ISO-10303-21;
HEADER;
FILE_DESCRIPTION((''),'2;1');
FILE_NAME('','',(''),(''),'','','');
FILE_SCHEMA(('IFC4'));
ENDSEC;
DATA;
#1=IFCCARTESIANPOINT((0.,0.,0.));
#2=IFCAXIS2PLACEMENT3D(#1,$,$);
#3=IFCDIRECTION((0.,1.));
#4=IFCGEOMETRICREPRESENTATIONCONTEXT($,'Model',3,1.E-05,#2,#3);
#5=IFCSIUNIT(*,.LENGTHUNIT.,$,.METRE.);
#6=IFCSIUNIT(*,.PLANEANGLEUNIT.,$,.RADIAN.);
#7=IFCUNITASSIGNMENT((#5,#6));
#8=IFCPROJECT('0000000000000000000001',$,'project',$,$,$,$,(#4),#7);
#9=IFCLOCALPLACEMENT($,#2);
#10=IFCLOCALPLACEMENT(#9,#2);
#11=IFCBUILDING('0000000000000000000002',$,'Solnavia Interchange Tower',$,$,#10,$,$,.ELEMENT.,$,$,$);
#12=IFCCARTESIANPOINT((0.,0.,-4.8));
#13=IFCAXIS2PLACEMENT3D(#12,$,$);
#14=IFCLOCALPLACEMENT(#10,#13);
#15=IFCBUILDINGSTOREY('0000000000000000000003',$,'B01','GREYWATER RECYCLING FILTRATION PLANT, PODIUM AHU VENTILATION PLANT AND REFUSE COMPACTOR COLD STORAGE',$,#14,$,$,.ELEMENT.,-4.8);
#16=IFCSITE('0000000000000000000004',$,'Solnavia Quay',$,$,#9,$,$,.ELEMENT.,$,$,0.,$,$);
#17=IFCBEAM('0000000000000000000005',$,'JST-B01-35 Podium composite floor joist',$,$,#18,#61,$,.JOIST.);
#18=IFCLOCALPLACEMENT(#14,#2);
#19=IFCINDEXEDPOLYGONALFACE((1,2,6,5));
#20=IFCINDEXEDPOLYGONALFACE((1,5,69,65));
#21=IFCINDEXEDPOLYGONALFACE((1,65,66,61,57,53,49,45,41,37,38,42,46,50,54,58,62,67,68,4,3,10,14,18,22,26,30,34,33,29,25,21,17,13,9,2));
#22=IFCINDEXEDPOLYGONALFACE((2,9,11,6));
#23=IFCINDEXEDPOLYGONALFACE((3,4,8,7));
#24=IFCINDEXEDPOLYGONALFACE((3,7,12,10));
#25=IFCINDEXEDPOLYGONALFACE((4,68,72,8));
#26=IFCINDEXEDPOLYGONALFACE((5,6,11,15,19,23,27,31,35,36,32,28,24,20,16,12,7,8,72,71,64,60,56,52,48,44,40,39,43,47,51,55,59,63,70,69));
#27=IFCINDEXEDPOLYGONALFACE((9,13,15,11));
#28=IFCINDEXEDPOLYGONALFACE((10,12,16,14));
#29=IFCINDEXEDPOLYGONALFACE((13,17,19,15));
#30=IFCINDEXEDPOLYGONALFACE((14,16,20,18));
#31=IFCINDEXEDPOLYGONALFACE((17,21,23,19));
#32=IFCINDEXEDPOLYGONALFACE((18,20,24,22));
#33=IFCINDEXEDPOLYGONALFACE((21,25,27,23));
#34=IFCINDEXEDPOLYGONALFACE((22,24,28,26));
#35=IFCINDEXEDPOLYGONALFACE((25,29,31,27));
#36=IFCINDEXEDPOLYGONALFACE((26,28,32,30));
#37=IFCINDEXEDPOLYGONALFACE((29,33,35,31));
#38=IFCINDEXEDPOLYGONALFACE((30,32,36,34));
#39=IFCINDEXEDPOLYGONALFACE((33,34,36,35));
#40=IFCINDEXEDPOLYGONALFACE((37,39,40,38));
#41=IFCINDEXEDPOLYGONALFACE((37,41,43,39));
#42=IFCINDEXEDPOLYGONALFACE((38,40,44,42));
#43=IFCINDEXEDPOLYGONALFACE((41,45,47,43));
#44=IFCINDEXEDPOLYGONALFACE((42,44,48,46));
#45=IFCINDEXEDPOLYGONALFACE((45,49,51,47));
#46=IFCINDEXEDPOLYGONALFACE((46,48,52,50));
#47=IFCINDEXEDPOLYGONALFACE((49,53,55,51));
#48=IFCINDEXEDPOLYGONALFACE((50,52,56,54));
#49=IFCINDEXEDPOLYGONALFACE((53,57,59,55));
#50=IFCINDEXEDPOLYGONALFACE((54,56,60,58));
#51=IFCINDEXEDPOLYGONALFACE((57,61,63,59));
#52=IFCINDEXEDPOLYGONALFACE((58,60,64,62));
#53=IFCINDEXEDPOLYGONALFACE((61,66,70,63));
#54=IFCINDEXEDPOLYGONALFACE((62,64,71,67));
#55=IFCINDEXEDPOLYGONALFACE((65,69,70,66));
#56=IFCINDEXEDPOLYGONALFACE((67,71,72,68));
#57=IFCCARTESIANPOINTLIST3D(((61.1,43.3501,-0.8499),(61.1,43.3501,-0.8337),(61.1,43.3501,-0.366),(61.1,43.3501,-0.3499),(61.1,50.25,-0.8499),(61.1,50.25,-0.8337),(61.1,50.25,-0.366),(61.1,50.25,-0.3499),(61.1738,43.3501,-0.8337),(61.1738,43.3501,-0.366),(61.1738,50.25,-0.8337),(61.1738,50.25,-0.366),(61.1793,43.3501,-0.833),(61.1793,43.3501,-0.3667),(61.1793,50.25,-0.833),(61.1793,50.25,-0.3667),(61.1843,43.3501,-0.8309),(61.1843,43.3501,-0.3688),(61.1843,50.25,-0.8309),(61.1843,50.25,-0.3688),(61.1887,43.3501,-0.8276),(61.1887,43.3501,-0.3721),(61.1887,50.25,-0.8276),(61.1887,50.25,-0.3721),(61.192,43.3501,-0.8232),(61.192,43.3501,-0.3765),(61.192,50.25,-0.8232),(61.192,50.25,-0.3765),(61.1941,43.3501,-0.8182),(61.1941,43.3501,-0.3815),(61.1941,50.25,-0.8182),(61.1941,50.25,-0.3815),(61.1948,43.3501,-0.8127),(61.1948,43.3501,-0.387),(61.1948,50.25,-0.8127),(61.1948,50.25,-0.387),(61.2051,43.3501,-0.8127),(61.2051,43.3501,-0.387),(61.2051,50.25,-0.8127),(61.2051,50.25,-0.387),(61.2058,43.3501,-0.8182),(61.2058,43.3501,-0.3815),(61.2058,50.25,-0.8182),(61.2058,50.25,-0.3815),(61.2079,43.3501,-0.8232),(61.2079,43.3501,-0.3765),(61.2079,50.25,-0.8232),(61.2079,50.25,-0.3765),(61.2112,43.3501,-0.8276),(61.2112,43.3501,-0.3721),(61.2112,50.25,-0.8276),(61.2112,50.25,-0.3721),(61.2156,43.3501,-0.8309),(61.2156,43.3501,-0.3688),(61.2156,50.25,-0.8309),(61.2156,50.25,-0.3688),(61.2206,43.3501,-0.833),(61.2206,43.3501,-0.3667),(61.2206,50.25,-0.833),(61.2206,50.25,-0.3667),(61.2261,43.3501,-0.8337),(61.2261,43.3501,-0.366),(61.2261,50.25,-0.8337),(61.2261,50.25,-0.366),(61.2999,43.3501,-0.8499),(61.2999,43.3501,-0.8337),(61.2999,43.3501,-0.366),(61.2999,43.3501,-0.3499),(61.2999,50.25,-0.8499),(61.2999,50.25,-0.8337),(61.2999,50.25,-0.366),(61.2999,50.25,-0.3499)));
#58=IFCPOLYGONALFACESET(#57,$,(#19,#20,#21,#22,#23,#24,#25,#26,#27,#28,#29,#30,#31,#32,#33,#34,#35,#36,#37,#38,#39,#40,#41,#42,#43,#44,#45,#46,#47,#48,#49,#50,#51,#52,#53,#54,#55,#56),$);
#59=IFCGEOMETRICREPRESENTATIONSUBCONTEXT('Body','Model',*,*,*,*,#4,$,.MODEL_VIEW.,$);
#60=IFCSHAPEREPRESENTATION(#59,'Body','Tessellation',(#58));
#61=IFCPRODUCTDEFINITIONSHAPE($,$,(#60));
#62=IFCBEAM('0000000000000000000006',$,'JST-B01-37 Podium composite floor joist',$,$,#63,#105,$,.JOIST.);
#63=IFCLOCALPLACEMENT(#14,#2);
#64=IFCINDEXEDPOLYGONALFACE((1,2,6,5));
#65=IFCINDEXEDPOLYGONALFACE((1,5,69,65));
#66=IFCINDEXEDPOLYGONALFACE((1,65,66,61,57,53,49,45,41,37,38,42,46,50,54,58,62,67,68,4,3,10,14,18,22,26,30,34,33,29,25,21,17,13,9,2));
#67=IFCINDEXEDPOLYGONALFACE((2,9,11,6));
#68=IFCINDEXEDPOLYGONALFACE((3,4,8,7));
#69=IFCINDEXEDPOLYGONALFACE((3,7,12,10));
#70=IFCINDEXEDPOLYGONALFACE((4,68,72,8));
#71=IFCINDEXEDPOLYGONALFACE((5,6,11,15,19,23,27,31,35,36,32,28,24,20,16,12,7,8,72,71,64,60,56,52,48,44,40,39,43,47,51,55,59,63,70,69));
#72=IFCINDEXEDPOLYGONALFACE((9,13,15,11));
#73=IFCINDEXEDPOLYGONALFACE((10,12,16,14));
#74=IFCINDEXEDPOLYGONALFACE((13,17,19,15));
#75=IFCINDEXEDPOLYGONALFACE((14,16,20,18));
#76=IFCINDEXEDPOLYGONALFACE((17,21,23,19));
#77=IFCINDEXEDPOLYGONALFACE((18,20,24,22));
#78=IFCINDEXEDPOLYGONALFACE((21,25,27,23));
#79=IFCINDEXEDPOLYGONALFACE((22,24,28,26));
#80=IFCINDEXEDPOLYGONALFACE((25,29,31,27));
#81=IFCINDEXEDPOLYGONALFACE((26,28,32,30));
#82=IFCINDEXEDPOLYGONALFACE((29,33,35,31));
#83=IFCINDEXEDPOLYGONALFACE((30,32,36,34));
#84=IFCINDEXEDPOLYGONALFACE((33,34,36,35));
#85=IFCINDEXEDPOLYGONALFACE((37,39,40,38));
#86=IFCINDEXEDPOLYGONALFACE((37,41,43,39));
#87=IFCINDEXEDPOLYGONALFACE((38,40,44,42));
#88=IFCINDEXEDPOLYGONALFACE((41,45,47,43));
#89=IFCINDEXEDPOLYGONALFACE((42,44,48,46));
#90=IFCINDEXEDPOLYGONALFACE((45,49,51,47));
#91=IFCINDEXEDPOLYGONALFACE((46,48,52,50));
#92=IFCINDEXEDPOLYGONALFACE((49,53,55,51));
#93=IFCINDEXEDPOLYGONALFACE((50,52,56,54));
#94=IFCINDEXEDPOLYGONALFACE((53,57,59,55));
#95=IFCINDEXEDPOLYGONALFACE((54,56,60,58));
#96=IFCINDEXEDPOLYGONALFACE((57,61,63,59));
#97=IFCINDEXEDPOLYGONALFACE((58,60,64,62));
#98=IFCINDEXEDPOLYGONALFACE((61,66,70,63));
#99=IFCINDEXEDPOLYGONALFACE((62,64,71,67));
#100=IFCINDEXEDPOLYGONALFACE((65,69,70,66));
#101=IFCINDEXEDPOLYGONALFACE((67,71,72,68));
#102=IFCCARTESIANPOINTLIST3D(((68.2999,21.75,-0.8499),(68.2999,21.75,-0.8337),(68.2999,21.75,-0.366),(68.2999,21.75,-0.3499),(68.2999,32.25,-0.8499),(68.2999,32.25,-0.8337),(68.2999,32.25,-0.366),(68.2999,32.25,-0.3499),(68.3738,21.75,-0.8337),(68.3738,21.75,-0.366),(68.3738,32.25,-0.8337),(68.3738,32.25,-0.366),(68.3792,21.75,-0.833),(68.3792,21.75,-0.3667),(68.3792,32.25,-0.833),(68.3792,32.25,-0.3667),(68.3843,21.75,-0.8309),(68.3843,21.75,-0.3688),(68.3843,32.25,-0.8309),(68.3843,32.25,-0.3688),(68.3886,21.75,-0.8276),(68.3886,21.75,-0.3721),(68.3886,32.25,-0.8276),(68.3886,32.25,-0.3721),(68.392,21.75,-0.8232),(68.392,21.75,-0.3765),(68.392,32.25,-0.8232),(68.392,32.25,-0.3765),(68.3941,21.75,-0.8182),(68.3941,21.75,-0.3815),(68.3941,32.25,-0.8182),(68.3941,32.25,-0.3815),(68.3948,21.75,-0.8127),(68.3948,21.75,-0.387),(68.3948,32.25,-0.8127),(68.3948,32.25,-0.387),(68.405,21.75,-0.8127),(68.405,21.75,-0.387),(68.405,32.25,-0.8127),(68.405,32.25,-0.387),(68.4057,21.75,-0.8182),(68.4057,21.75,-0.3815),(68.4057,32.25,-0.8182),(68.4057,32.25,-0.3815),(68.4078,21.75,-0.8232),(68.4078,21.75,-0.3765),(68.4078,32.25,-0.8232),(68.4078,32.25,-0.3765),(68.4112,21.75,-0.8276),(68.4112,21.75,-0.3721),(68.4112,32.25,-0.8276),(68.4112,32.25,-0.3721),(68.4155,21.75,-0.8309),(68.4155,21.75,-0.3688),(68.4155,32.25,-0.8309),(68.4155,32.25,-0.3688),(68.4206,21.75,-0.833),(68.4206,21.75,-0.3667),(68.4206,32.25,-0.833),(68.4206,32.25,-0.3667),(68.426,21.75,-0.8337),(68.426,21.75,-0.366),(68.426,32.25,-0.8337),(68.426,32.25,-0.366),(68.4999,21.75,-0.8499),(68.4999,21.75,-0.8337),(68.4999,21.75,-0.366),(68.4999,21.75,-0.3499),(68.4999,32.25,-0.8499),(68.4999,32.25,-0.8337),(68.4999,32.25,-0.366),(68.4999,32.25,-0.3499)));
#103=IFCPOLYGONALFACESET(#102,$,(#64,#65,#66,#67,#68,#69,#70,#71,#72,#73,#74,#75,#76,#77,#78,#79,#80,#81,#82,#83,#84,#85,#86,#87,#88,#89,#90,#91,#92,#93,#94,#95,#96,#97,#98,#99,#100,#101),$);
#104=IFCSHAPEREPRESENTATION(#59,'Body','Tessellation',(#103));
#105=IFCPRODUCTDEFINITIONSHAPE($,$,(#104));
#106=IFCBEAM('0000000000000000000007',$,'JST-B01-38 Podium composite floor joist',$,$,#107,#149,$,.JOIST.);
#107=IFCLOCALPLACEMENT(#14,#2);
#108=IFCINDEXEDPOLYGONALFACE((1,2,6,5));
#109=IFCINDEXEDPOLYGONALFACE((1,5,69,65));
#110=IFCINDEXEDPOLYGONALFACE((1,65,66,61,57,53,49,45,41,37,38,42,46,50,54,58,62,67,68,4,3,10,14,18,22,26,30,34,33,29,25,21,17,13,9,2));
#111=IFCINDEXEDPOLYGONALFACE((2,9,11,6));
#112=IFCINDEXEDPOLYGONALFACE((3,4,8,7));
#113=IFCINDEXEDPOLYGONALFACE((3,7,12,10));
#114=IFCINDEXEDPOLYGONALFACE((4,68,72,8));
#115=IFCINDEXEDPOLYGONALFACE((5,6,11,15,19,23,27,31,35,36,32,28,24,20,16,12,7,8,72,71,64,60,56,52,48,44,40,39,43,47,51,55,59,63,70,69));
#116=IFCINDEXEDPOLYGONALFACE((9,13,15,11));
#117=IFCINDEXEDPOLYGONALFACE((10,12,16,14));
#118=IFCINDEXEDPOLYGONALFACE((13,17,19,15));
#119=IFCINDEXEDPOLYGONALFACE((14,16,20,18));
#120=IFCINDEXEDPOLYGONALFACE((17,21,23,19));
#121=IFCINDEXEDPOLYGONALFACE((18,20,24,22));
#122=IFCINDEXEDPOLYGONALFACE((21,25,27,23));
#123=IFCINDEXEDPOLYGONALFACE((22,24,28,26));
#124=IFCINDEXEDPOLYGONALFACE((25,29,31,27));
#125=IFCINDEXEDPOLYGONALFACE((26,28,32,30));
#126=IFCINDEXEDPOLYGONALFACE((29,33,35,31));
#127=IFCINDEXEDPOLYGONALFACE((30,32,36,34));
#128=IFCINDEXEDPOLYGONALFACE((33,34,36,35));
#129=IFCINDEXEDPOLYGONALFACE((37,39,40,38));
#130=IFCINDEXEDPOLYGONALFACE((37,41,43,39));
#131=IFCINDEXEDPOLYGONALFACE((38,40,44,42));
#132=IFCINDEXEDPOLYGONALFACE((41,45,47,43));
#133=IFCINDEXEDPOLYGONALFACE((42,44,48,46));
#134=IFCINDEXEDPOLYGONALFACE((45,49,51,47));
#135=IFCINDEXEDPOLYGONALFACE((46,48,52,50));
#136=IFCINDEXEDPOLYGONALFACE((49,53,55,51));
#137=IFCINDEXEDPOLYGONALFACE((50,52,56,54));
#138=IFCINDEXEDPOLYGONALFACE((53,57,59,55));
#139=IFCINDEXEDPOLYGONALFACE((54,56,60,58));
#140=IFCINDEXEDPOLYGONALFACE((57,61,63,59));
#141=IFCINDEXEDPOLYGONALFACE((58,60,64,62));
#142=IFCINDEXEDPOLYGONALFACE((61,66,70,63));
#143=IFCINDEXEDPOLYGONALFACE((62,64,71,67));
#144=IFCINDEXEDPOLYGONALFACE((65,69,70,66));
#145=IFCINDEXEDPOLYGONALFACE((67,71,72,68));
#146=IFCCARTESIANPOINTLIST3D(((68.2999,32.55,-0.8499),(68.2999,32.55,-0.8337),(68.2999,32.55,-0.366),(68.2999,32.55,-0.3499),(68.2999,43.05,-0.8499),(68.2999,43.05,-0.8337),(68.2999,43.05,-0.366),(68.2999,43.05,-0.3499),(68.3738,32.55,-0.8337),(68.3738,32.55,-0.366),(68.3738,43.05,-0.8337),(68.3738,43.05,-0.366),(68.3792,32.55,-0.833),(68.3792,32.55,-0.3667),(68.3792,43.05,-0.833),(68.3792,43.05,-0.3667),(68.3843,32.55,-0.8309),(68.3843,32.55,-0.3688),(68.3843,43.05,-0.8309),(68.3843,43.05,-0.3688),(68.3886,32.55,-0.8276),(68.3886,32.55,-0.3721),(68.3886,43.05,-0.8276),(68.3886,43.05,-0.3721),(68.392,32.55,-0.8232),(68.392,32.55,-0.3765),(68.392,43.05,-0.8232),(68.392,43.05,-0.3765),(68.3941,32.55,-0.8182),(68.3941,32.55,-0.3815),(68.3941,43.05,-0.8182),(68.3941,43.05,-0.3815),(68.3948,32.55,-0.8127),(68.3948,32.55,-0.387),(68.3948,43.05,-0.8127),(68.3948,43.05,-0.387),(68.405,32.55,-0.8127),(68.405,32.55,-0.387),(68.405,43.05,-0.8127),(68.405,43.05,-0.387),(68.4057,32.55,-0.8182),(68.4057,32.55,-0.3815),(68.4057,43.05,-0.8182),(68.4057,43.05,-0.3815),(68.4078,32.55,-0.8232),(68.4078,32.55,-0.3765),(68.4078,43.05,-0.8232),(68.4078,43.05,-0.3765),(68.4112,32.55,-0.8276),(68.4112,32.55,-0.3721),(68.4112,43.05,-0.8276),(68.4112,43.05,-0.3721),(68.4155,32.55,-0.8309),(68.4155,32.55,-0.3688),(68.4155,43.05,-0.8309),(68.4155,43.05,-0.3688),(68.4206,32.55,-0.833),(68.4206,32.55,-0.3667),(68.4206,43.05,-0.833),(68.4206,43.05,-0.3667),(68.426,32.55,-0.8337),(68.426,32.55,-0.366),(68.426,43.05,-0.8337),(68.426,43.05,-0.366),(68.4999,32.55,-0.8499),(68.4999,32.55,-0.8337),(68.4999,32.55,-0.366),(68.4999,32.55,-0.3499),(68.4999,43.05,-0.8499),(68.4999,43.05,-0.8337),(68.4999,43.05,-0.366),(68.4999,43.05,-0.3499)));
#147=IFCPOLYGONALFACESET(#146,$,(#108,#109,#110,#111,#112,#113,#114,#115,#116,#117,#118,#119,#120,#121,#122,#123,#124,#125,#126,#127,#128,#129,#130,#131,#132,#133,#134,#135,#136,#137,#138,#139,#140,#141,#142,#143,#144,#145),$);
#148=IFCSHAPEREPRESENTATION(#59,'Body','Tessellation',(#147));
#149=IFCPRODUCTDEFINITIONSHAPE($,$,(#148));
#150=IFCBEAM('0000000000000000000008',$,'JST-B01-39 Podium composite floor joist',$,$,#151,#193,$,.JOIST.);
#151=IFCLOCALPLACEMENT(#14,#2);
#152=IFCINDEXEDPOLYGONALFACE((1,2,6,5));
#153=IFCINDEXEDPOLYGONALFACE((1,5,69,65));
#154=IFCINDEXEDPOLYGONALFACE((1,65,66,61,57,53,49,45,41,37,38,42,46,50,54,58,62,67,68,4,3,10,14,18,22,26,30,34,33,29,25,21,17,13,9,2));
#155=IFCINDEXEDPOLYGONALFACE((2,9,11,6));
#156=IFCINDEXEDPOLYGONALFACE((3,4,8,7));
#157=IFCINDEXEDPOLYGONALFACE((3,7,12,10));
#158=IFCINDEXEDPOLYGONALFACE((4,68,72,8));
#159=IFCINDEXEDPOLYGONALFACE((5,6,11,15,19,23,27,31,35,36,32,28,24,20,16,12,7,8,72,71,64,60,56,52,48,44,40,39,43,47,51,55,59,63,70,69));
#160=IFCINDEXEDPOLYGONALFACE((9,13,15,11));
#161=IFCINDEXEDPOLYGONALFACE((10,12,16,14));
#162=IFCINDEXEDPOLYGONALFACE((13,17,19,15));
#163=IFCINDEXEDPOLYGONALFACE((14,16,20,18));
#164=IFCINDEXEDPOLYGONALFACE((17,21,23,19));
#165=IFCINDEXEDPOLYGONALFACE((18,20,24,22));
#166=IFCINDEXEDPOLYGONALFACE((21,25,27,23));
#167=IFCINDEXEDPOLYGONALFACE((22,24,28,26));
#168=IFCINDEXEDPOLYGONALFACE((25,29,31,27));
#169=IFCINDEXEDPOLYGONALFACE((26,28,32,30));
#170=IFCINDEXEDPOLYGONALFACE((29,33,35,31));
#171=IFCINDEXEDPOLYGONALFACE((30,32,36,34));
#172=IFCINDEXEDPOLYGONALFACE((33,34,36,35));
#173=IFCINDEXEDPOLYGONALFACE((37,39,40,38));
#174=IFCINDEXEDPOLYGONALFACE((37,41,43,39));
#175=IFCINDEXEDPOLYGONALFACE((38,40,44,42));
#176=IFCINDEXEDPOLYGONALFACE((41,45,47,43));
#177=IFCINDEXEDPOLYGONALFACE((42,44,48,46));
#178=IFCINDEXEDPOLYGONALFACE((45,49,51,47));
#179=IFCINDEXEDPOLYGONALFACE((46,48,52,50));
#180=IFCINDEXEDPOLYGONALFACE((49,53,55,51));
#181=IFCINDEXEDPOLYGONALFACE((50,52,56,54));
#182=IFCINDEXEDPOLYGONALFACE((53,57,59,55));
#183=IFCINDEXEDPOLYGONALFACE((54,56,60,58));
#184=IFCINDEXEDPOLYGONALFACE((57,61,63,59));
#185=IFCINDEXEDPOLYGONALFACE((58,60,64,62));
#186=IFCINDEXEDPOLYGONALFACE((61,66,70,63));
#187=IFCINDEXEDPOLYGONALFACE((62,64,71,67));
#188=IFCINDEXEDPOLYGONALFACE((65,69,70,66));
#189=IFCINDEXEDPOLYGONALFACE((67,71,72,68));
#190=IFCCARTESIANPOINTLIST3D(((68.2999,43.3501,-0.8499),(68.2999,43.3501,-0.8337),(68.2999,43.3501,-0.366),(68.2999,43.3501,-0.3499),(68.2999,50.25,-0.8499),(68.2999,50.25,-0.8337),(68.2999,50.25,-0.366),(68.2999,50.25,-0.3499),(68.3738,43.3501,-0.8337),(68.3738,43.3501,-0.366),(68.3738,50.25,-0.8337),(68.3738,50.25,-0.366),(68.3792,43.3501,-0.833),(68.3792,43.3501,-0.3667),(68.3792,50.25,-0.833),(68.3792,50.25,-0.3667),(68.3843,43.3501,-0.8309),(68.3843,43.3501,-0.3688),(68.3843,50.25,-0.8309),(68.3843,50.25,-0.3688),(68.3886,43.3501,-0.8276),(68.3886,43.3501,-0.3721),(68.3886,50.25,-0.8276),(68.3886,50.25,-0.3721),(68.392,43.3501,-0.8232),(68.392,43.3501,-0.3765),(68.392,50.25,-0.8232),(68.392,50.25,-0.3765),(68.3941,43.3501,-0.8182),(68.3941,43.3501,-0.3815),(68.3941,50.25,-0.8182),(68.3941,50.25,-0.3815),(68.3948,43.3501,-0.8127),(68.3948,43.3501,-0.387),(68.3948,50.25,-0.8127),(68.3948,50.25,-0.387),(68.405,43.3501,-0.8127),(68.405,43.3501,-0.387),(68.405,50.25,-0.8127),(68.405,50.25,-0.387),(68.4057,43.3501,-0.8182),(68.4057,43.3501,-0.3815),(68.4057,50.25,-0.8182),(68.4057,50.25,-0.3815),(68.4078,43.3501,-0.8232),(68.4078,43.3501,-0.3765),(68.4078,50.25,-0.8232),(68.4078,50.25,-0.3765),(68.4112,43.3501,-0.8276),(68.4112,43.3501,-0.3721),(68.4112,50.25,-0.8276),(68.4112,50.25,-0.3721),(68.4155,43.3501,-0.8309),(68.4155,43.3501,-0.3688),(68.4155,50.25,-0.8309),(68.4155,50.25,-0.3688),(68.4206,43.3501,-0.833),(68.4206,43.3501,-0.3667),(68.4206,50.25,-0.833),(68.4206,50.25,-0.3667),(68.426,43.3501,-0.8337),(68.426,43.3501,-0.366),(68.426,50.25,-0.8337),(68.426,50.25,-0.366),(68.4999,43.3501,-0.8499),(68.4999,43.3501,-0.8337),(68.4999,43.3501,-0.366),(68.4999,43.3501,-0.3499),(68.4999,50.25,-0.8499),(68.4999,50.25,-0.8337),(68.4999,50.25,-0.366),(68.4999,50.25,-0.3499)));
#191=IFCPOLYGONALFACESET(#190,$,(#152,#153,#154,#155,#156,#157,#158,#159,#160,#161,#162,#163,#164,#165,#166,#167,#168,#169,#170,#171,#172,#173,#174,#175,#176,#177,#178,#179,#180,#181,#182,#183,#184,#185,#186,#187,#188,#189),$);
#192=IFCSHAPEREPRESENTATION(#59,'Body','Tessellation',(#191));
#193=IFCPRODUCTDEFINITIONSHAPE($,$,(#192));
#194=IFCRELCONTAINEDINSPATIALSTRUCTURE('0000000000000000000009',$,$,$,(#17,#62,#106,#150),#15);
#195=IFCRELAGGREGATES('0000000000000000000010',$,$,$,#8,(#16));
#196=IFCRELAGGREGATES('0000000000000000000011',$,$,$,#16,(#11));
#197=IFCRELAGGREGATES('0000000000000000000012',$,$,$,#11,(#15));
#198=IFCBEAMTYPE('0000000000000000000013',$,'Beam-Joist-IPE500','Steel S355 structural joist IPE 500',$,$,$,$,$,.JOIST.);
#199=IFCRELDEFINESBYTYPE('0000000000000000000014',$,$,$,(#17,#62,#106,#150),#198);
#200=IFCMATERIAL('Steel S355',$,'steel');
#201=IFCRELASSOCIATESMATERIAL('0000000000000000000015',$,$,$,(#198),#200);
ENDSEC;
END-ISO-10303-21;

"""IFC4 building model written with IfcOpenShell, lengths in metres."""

from ifc_helpers import new_model, si_unit, direction, frame, origin, origin_2d, place, context, subcontext, project, spatial, i_section, extrude, material, material_profile, profile_set, type_object, element, save


model = new_model("IFC4")

# Units and contexts
model_context = context("Model", 3, precision=1e-05, world=origin(), true_north=direction((0.0, 1.0)))
body_context = subcontext(model_context, "Body", "Model", "MODEL_VIEW")
ifc_project = project(units=[si_unit("LENGTHUNIT", "METRE"), si_unit("PLANEANGLEUNIT", "RADIAN")], contexts=[model_context])

# Site, building, storey
site_placement = place(None, origin())
site = spatial("IfcSite", under=ifc_project, at=site_placement, Name="Solnavia Quay", CompositionType="ELEMENT", RefElevation=0.0)
building_placement = place(site_placement, origin())
building = spatial("IfcBuilding", under=site, at=building_placement, Name="Solnavia Interchange Tower", CompositionType="ELEMENT")
storey_placement = place(building_placement, frame((0.0, 0.0, -4.8)))
storey = spatial("IfcBuildingStorey", under=building, at=storey_placement, Name="B01", Description="GREYWATER RECYCLING FILTRATION PLANT, PODIUM AHU VENTILATION PLANT AND REFUSE COMPACTOR COLD STORAGE", CompositionType="ELEMENT", Elevation=-4.8)

# Beams
ifc_material_1 = material(Name="Steel S355", Category="steel")
ifc_material_profile_1 = material_profile(ifc_material_1, i_section(OverallWidth=0.2, OverallDepth=0.5, WebThickness=0.0103, FlangeThickness=0.0161, FilletRadius=0.021, at=origin_2d()), Name="IPE 500")
ifc_profile_set_1 = profile_set([ifc_material_profile_1], Name="Steel S355")
beam_type_1 = type_object("IfcBeamType", Name="Beam-Joist-IPE500", Description="Steel S355 structural joist IPE 500", PredefinedType="JOIST", material=ifc_profile_set_1)
beam_1_placement = place(storey_placement, frame((61.2, 43.3501, -0.5999), z_axis=(0.0, 1.0, 0.0), x_axis=(-1.0, 0.0, 0.0)))
element("IfcBeam", 1, at=beam_1_placement, inside=storey, type_object=beam_type_1, Name="JST-B01-35 Podium composite floor joist", PredefinedType="JOIST", context=body_context, shape_type="SweptSolid", body=[
    extrude(i_section(OverallWidth=0.2, OverallDepth=0.5, WebThickness=0.0103, FlangeThickness=0.0161, FilletRadius=0.021, at=origin_2d()), origin(), (0.0, 0.0, 1.0), 6.8999),
])
for number, where, z_axis, x_axis, name in (
    (2, (68.3999, 21.75, -0.5999), (0.0, 1.0, 0.0), (-1.0, 0.0, 0.0), "JST-B01-37 Podium composite floor joist"),
    (3, (68.3999, 32.55, -0.5999), (0.0, 1.0, 0.0), (-1.0, 0.0, 0.0), "JST-B01-38 Podium composite floor joist"),
):
    element("IfcBeam", number, at=place(storey_placement, frame(where, z_axis=z_axis, x_axis=x_axis)), inside=storey, type_object=beam_type_1, Name=name, PredefinedType="JOIST", context=body_context, shape_type="SweptSolid", body=[
        extrude(i_section(OverallWidth=0.2, OverallDepth=0.5, WebThickness=0.0103, FlangeThickness=0.0161, FilletRadius=0.021, at=origin_2d()), origin(), (0.0, 0.0, 1.0), 10.5),
    ])
beam_2_placement = place(storey_placement, frame((68.3999, 43.3501, -0.5999), z_axis=(0.0, 1.0, 0.0), x_axis=(-1.0, 0.0, 0.0)))
element("IfcBeam", 4, at=beam_2_placement, inside=storey, type_object=beam_type_1, Name="JST-B01-39 Podium composite floor joist", PredefinedType="JOIST", context=body_context, shape_type="SweptSolid", body=[
    extrude(i_section(OverallWidth=0.2, OverallDepth=0.5, WebThickness=0.0103, FlangeThickness=0.0161, FilletRadius=0.021, at=origin_2d()), origin(), (0.0, 0.0, 1.0), 6.8999),
])

save(model, "model.ifc")
